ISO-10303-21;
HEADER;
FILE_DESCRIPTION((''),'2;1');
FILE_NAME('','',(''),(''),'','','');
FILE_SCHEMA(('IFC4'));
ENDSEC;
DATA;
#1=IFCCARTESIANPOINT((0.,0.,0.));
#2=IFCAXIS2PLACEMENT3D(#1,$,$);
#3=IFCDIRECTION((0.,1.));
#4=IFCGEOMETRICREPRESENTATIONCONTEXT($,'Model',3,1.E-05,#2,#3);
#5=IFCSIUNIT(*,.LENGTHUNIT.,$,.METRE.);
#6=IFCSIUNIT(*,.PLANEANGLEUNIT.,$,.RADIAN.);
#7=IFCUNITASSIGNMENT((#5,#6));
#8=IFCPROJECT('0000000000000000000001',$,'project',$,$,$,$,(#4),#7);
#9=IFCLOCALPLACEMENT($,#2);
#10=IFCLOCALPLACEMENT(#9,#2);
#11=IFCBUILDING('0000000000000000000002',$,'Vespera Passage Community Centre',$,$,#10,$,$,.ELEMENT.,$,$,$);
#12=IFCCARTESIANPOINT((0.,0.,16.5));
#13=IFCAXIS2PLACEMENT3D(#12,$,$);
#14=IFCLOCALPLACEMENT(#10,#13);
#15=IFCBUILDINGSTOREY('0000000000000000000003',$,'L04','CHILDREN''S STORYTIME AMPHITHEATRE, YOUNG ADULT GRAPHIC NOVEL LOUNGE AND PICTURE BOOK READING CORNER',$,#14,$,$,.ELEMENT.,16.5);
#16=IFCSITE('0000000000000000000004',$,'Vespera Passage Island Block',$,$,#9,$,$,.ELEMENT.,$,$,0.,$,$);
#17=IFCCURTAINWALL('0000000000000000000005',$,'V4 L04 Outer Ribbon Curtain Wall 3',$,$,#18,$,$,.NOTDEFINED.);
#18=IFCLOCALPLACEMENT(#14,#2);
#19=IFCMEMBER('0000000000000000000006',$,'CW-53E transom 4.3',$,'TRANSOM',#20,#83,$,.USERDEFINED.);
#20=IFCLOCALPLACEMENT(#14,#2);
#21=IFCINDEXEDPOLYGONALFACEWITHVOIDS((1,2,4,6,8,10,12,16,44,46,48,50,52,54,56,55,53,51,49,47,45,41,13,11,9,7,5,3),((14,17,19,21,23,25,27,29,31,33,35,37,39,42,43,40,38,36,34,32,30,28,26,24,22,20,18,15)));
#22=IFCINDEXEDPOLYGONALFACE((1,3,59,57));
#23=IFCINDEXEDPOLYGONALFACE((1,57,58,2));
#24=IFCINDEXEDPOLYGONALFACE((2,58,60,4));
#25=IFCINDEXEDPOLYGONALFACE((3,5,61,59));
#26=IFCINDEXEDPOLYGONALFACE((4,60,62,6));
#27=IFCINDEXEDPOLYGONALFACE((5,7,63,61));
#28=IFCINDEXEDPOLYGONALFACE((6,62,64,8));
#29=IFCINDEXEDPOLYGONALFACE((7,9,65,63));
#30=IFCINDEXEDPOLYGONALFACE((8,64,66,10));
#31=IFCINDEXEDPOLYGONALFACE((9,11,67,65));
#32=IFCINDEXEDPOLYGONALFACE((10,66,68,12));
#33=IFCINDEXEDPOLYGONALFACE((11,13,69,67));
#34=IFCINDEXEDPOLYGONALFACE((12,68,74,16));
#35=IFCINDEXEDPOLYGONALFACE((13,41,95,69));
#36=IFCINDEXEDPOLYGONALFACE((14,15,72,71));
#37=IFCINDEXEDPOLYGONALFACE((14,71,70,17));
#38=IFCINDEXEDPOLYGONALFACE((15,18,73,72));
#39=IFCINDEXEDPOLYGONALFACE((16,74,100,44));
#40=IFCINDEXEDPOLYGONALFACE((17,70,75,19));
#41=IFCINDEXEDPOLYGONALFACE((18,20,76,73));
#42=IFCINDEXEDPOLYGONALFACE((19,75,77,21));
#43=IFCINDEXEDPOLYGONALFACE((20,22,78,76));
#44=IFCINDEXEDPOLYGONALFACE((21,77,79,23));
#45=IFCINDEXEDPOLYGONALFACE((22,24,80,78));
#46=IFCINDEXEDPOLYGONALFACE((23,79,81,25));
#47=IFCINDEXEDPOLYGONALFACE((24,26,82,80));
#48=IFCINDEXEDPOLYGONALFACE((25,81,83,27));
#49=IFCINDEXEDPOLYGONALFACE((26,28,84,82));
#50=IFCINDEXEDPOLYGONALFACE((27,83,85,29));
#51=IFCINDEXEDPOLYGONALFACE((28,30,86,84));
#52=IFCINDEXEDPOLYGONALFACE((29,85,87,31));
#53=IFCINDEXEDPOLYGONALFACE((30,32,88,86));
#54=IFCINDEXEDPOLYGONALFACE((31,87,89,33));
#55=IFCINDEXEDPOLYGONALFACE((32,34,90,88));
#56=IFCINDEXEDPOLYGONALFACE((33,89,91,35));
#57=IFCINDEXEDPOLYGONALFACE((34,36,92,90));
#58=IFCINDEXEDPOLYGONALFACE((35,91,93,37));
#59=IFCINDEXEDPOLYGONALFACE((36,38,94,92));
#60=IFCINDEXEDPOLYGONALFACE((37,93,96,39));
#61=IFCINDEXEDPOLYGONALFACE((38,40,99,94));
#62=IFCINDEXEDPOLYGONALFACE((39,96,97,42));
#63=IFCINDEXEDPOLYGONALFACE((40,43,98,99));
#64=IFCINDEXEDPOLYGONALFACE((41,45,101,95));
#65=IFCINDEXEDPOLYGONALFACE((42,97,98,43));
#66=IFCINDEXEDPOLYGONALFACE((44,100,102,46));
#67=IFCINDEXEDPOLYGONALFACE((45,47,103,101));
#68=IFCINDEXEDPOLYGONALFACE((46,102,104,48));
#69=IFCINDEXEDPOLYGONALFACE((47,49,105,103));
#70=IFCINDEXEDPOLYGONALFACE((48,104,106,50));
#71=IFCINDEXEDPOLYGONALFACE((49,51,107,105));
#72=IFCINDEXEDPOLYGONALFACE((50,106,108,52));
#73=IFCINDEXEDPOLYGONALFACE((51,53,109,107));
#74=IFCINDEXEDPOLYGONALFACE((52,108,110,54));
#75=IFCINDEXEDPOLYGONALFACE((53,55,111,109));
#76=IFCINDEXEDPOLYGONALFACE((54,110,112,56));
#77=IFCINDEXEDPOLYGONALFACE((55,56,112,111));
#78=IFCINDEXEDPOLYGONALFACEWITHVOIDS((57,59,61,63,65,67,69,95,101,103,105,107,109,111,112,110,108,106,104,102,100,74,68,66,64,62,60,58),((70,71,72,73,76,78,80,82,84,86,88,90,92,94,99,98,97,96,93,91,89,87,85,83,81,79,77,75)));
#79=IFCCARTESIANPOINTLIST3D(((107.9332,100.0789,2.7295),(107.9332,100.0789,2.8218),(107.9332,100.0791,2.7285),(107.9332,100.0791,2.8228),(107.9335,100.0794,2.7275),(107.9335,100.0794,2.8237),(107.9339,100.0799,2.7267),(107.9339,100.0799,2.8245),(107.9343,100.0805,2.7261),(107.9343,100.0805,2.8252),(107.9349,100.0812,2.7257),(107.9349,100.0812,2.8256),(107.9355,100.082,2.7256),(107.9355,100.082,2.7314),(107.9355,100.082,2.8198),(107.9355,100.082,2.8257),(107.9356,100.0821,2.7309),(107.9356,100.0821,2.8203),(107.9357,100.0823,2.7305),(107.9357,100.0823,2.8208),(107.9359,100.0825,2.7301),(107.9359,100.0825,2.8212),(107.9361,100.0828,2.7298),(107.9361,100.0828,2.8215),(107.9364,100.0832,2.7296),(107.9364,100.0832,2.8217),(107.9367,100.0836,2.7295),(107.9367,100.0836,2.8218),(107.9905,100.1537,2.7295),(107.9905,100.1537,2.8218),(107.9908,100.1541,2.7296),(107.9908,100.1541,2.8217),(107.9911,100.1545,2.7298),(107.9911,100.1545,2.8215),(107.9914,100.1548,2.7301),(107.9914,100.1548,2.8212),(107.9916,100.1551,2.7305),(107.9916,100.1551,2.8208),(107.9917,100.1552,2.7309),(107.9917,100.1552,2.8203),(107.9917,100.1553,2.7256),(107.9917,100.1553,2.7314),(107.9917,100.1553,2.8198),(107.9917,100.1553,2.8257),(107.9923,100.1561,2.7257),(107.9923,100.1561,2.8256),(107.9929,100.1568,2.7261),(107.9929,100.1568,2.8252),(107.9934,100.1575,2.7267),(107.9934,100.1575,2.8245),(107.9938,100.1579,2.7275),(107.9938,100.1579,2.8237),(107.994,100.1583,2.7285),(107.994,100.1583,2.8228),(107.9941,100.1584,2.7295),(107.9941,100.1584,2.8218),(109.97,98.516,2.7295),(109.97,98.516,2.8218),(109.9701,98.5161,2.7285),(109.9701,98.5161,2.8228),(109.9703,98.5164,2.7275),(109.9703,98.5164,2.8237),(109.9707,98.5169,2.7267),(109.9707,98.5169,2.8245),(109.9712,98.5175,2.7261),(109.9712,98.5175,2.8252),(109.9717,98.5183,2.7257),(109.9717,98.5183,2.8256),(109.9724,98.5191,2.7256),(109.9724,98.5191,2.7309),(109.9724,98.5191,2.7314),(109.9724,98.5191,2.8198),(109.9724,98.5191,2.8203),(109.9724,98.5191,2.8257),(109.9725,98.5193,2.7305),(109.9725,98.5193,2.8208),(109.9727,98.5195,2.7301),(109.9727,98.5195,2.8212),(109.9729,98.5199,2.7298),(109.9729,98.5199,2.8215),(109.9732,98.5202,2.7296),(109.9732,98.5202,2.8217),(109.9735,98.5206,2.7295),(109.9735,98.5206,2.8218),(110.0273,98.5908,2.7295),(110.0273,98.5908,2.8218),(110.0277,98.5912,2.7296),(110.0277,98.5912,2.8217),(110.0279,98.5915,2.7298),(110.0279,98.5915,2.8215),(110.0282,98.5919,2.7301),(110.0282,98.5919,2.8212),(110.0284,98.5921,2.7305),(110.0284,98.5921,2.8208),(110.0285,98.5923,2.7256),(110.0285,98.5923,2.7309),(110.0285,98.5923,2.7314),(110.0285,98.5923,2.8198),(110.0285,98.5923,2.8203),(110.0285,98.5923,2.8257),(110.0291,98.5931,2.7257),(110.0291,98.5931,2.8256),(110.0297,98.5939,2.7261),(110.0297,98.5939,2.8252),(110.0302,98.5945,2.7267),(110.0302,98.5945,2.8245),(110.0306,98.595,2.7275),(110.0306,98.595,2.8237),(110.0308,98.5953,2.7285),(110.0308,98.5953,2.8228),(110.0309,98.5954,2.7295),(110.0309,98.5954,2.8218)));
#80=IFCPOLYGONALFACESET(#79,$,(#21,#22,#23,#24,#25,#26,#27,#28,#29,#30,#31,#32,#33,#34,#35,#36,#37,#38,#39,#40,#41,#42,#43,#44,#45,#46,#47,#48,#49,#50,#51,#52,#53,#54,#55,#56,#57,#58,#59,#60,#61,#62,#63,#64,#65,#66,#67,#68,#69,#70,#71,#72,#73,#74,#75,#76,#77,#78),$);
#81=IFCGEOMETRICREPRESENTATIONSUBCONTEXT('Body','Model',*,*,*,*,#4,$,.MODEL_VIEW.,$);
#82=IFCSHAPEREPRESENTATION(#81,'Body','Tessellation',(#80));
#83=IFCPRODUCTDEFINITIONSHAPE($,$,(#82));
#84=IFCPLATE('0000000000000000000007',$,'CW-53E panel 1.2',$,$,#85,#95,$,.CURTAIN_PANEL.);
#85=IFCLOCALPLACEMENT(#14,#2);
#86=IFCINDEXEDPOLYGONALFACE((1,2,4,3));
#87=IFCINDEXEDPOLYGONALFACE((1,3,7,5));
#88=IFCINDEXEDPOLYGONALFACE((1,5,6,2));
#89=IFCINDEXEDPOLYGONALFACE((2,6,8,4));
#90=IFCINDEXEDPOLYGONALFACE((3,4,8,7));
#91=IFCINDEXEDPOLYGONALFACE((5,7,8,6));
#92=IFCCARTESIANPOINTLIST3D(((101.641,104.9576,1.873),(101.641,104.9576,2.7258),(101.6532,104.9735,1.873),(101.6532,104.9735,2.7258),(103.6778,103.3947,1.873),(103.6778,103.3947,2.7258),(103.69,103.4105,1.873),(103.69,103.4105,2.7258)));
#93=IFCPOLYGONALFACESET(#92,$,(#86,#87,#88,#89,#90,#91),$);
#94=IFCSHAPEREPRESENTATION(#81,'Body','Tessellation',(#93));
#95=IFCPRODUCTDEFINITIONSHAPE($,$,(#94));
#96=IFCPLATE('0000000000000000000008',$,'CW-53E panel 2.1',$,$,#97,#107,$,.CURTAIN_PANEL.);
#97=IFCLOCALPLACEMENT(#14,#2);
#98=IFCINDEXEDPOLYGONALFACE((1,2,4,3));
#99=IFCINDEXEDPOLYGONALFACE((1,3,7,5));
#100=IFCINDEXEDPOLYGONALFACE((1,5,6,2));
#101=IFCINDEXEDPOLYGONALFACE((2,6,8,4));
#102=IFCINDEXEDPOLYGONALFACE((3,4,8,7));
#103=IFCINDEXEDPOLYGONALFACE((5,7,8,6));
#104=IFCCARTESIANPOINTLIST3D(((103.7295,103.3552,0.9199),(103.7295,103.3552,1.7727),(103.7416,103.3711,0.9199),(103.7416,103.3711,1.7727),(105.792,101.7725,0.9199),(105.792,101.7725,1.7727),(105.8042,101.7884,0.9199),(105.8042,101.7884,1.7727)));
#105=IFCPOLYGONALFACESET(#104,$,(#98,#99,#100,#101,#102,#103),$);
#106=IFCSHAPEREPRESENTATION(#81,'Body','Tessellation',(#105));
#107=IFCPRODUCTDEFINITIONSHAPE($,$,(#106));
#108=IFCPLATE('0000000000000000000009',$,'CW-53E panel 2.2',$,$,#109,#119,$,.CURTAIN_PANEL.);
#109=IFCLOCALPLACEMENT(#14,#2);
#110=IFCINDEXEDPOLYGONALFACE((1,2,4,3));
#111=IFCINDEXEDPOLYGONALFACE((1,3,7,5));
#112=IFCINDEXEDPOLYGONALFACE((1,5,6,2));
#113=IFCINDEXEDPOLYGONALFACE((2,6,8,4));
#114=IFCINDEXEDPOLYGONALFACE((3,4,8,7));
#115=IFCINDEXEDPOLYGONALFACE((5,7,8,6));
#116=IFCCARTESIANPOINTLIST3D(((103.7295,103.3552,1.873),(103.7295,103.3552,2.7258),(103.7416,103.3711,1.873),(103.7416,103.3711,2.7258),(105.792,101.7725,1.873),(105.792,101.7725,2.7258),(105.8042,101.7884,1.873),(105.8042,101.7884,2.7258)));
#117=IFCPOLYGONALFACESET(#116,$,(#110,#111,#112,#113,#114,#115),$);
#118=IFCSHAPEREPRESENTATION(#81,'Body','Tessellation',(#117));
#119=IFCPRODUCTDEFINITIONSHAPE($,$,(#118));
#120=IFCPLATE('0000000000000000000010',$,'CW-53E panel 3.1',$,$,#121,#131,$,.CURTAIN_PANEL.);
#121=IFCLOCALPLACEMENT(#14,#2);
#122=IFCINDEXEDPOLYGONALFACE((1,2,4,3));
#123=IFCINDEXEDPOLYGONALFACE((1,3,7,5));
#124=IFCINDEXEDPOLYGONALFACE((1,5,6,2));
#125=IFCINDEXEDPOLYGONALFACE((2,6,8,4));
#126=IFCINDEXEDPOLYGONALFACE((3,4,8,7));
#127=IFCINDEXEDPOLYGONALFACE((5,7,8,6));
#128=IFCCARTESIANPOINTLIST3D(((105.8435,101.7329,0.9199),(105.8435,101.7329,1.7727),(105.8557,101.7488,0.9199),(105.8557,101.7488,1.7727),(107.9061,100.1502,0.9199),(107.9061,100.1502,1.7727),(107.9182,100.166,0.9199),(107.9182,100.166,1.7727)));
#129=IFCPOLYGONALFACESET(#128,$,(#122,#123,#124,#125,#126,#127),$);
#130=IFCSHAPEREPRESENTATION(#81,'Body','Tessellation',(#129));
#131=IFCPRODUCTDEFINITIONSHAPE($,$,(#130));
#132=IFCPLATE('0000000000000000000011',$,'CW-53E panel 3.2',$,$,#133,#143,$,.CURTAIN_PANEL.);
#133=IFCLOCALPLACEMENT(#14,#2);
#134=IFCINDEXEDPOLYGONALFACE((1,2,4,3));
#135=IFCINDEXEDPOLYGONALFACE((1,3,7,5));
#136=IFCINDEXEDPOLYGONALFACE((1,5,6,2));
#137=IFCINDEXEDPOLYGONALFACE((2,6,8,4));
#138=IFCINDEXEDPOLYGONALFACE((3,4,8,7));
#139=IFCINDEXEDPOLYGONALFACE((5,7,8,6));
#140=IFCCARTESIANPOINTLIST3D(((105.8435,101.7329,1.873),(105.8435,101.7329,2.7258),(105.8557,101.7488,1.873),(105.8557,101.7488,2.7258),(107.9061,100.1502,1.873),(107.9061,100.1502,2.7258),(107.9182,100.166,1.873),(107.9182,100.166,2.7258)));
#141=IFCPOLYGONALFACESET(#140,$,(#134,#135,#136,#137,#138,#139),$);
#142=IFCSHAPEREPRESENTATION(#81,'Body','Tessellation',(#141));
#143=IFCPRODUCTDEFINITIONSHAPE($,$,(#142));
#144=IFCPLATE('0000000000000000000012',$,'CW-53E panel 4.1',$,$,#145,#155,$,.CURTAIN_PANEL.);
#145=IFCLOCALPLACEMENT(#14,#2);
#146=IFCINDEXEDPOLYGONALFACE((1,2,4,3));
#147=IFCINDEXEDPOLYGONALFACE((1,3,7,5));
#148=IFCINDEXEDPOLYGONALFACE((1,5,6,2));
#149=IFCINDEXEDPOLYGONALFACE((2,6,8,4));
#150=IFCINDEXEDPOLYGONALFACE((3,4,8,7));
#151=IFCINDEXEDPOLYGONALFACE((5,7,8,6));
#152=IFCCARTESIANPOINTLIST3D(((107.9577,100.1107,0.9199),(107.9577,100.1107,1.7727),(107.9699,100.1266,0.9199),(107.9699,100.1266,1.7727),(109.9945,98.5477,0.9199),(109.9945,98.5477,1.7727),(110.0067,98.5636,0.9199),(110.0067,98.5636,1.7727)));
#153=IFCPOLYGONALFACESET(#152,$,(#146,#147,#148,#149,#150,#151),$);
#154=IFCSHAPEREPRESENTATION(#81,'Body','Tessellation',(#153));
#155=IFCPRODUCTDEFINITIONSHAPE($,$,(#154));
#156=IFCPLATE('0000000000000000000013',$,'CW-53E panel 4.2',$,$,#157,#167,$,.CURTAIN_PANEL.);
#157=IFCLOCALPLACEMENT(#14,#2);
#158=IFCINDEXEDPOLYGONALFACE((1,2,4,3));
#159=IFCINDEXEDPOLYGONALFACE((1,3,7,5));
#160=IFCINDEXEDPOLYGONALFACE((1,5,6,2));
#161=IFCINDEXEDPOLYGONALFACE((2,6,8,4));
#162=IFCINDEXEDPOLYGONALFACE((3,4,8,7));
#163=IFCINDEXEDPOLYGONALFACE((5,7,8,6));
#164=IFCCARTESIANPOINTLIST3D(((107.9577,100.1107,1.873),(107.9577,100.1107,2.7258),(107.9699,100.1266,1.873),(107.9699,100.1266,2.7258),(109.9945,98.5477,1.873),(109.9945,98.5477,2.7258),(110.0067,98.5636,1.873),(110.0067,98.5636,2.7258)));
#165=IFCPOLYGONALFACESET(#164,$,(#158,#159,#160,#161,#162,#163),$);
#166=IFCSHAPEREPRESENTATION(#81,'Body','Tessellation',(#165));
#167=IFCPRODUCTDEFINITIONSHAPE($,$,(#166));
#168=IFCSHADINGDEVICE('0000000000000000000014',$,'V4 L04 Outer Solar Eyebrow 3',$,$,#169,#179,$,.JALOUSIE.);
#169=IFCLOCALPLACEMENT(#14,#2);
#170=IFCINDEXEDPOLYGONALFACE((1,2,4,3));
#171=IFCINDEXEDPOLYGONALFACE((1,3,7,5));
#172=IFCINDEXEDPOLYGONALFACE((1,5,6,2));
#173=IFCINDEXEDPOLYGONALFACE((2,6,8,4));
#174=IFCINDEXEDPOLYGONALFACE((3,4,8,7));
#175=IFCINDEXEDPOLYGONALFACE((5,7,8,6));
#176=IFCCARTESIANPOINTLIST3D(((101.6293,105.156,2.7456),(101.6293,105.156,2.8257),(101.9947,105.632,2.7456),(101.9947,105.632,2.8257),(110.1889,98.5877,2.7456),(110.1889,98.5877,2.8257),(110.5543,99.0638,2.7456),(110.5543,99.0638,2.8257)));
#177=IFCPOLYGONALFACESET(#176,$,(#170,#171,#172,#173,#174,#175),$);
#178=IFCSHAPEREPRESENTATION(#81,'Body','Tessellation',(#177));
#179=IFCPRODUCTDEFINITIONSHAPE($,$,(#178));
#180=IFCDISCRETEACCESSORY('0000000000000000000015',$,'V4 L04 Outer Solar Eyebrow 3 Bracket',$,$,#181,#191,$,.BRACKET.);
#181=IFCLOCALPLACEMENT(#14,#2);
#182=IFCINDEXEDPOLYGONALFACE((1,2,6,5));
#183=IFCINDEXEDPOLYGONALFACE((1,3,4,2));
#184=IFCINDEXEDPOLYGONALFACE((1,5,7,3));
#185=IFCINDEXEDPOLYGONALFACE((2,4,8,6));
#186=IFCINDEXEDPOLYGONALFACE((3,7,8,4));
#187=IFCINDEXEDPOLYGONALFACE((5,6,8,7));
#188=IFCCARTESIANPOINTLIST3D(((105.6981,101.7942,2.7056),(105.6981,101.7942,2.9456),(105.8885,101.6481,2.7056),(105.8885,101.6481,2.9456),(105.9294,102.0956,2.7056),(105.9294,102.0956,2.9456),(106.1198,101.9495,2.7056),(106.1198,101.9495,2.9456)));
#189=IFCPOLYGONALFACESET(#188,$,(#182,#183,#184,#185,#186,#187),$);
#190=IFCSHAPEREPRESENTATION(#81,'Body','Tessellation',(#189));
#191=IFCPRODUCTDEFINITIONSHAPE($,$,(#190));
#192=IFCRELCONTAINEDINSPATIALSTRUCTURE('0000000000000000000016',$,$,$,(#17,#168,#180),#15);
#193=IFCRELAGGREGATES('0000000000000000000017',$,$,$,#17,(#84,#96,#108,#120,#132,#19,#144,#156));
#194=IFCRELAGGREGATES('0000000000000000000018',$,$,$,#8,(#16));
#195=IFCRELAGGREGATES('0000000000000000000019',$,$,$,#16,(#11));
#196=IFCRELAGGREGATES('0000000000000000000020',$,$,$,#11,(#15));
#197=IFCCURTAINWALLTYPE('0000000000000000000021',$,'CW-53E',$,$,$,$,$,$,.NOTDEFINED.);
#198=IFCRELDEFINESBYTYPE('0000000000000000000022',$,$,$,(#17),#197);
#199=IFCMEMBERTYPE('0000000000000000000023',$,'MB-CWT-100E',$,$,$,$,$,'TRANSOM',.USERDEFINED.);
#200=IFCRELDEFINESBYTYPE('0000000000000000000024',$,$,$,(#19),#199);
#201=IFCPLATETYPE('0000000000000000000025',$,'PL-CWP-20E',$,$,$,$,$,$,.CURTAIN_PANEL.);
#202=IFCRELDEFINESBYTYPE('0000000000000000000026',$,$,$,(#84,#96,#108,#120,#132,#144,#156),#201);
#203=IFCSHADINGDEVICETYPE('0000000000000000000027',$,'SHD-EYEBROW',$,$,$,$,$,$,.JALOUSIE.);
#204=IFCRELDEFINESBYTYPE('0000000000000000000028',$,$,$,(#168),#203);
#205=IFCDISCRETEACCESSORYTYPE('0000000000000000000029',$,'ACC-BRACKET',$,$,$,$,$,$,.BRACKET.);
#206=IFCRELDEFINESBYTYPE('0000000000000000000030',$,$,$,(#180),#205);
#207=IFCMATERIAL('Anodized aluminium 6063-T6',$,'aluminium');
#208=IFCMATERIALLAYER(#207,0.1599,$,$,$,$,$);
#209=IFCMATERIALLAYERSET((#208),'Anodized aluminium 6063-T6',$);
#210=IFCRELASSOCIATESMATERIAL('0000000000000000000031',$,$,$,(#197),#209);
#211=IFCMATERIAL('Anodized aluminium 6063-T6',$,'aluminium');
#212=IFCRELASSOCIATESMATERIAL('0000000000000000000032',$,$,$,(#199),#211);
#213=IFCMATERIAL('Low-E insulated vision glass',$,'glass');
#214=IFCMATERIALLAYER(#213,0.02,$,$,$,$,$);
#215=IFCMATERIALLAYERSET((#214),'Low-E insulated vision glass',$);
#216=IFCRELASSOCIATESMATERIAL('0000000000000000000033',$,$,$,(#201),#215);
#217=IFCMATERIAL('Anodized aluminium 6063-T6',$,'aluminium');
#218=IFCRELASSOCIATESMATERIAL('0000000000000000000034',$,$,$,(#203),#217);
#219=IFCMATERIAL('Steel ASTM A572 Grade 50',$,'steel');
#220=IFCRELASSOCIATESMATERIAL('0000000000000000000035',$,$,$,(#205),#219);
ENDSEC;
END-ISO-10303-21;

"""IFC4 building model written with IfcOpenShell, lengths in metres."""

from ifc_helpers import new_model, si_unit, direction, frame, origin, origin_2d, place, context, subcontext, project, spatial, rectangle, hollow_rectangle, extrude, material, layer, layer_set, material_profile, profile_set, type_object, element, aggregate, save


model = new_model("IFC4")

# Units and contexts
model_context = context("Model", 3, precision=1e-05, world=origin(), true_north=direction((0.0, 1.0)))
body_context = subcontext(model_context, "Body", "Model", "MODEL_VIEW")
ifc_project = project(units=[si_unit("LENGTHUNIT", "METRE"), si_unit("PLANEANGLEUNIT", "RADIAN")], contexts=[model_context])

# Site, building, storey
site_placement = place(None, origin())
site = spatial("IfcSite", under=ifc_project, at=site_placement, Name="Vespera Passage Island Block", CompositionType="ELEMENT", RefElevation=0.0)
building_placement = place(site_placement, origin())
building = spatial("IfcBuilding", under=site, at=building_placement, Name="Vespera Passage Community Centre", CompositionType="ELEMENT")
storey_placement = place(building_placement, frame((0.0, 0.0, 16.5)))
storey = spatial("IfcBuildingStorey", under=building, at=storey_placement, Name="L04", Description="CHILDREN'S STORYTIME AMPHITHEATRE, YOUNG ADULT GRAPHIC NOVEL LOUNGE AND PICTURE BOOK READING CORNER", CompositionType="ELEMENT", Elevation=16.5)

# Curtain wall, member, plates
ifc_material_1 = material(Name="Anodized aluminium 6063-T6", Category="aluminium")
ifc_layer_1 = layer(ifc_material_1, 0.1599)
ifc_layer_set_1 = layer_set([ifc_layer_1], Name="Anodized aluminium 6063-T6")
curtain_wall_type = type_object("IfcCurtainWallType", Name="CW-53E", PredefinedType="NOTDEFINED", material=ifc_layer_set_1)
curtain_wall_placement = place(storey_placement, origin())
curtain_wall = element("IfcCurtainWall", 1, at=curtain_wall_placement, inside=storey, type_object=curtain_wall_type, Name="V4 L04 Outer Ribbon Curtain Wall 3", PredefinedType="NOTDEFINED")
ifc_material_2 = material(Name="Anodized aluminium 6063-T6", Category="aluminium")
ifc_material_profile_1 = material_profile(ifc_material_2, hollow_rectangle(XDim=0.1001, YDim=0.1001, WallThickness=0.0039, InnerFilletRadius=0.002, OuterFilletRadius=0.0039, at=origin_2d()), Name="ALU100X100X4")
ifc_profile_set_1 = profile_set([ifc_material_profile_1], Name="Anodized aluminium 6063-T6")
member_type_1 = type_object("IfcMemberType", Name="MB-CWT-100E", ElementType="TRANSOM", PredefinedType="USERDEFINED", material=ifc_profile_set_1)
member_1_placement = place(storey_placement, frame((107.9636, 100.1187, 2.7756), z_axis=(0.793345, -0.608773, 0.0), x_axis=(0.608773, 0.793345, 0.0)))
member_1 = element("IfcMember", 2, at=member_1_placement, type_object=member_type_1, Name="CW-53E transom 4.3", ObjectType="TRANSOM", PredefinedType="USERDEFINED", context=body_context, shape_type="SweptSolid", body=[
    extrude(hollow_rectangle(XDim=0.1001, YDim=0.1001, WallThickness=0.0039, InnerFilletRadius=0.002, OuterFilletRadius=0.0039, at=origin_2d()), origin(), (0.0, 0.0, 1.0), 2.5674),
])
ifc_material_3 = material(Name="Low-E insulated vision glass", Category="glass")
ifc_layer_2 = layer(ifc_material_3, 0.02)
ifc_layer_set_2 = layer_set([ifc_layer_2], Name="Low-E insulated vision glass")
plate_type = type_object("IfcPlateType", Name="PL-CWP-20E", PredefinedType="CURTAIN_PANEL", material=ifc_layer_set_2)
plate_1_placement = place(storey_placement, frame((102.6655, 104.1841, 1.873), z_axis=(0.0, 0.0, 1.0), x_axis=(0.793345, -0.608772, 0.0)))
plate_1 = element("IfcPlate", 3, at=plate_1_placement, type_object=plate_type, Name="CW-53E panel 1.2", PredefinedType="CURTAIN_PANEL", context=body_context, shape_type="SweptSolid", body=[
    extrude(rectangle(XDim=2.5674, YDim=0.02, at=origin_2d()), origin(), (0.0, 0.0, 1.0), 0.8528),
])
plate_2_placement = place(storey_placement, frame((104.7668, 102.5718, 0.9199), z_axis=(0.0, 0.0, 1.0), x_axis=(0.793345, -0.608772, 0.0)))
plate_2 = element("IfcPlate", 4, at=plate_2_placement, type_object=plate_type, Name="CW-53E panel 2.1", PredefinedType="CURTAIN_PANEL", context=body_context, shape_type="SweptSolid", body=[
    extrude(rectangle(XDim=2.5999, YDim=0.02, at=origin_2d()), origin(), (0.0, 0.0, 1.0), 0.8528),
])
plate_3_placement = place(storey_placement, frame((104.7668, 102.5718, 1.873), z_axis=(0.0, 0.0, 1.0), x_axis=(0.793345, -0.608772, 0.0)))
plate_3 = element("IfcPlate", 5, at=plate_3_placement, type_object=plate_type, Name="CW-53E panel 2.2", PredefinedType="CURTAIN_PANEL", context=body_context, shape_type="SweptSolid", body=[
    extrude(rectangle(XDim=2.5999, YDim=0.02, at=origin_2d()), origin(), (0.0, 0.0, 1.0), 0.8528),
])
plate_4_placement = place(storey_placement, frame((106.8809, 100.9495, 0.9199), z_axis=(0.0, 0.0, 1.0), x_axis=(0.793345, -0.608772, 0.0)))
plate_4 = element("IfcPlate", 6, at=plate_4_placement, type_object=plate_type, Name="CW-53E panel 3.1", PredefinedType="CURTAIN_PANEL", context=body_context, shape_type="SweptSolid", body=[
    extrude(rectangle(XDim=2.5999, YDim=0.02, at=origin_2d()), origin(), (0.0, 0.0, 1.0), 0.8528),
])
plate_5_placement = place(storey_placement, frame((106.8809, 100.9495, 1.873), z_axis=(0.0, 0.0, 1.0), x_axis=(0.793345, -0.608772, 0.0)))
plate_5 = element("IfcPlate", 7, at=plate_5_placement, type_object=plate_type, Name="CW-53E panel 3.2", PredefinedType="CURTAIN_PANEL", context=body_context, shape_type="SweptSolid", body=[
    extrude(rectangle(XDim=2.5999, YDim=0.02, at=origin_2d()), origin(), (0.0, 0.0, 1.0), 0.8528),
])
plate_6_placement = place(storey_placement, frame((108.9822, 99.3372, 0.9199), z_axis=(0.0, 0.0, 1.0), x_axis=(0.793345, -0.608772, 0.0)))
plate_6 = element("IfcPlate", 8, at=plate_6_placement, type_object=plate_type, Name="CW-53E panel 4.1", PredefinedType="CURTAIN_PANEL", context=body_context, shape_type="SweptSolid", body=[
    extrude(rectangle(XDim=2.5674, YDim=0.02, at=origin_2d()), origin(), (0.0, 0.0, 1.0), 0.8528),
])
plate_7_placement = place(storey_placement, frame((108.9822, 99.3372, 1.873), z_axis=(0.0, 0.0, 1.0), x_axis=(0.793345, -0.608772, 0.0)))
plate_7 = element("IfcPlate", 9, at=plate_7_placement, type_object=plate_type, Name="CW-53E panel 4.2", PredefinedType="CURTAIN_PANEL", context=body_context, shape_type="SweptSolid", body=[
    extrude(rectangle(XDim=2.5674, YDim=0.02, at=origin_2d()), origin(), (0.0, 0.0, 1.0), 0.8528),
])
aggregate(curtain_wall, [plate_1, plate_2, plate_3, plate_4, plate_5, member_1, plate_6, plate_7])

# Shading device
ifc_material_4 = material(Name="Anodized aluminium 6063-T6", Category="aluminium")
shading_device_type = type_object("IfcShadingDeviceType", Name="SHD-EYEBROW", PredefinedType="JALOUSIE", material=ifc_material_4)
shading_device_placement = place(storey_placement, frame((106.0918, 102.1099, 2.7456), z_axis=(0.0, 0.0, 1.0), x_axis=(0.793343, -0.608775, 0.0)))
element("IfcShadingDevice", 10, at=shading_device_placement, inside=storey, type_object=shading_device_type, Name="V4 L04 Outer Solar Eyebrow 3", PredefinedType="JALOUSIE", context=body_context, shape_type="SweptSolid", body=[
    extrude(rectangle(XDim=10.7893, YDim=0.6001, at=origin_2d()), origin(), (0.0, 0.0, 1.0), 0.0801),
])

# Discrete accessory
ifc_material_5 = material(Name="Steel ASTM A572 Grade 50", Category="steel")
discrete_accessory_type = type_object("IfcDiscreteAccessoryType", Name="ACC-BRACKET", PredefinedType="BRACKET", material=ifc_material_5)
discrete_accessory_placement = place(storey_placement, frame((105.9089, 101.8718, 2.7056), z_axis=(0.0, 0.0, 1.0), x_axis=(0.793343, -0.608775, 0.0)))
element("IfcDiscreteAccessory", 11, at=discrete_accessory_placement, inside=storey, type_object=discrete_accessory_type, Name="V4 L04 Outer Solar Eyebrow 3 Bracket", PredefinedType="BRACKET", context=body_context, shape_type="SweptSolid", body=[
    extrude(rectangle(XDim=0.24, YDim=0.3799, at=origin_2d()), origin(), (0.0, 0.0, 1.0), 0.24),
])

save(model, "model.ifc")
